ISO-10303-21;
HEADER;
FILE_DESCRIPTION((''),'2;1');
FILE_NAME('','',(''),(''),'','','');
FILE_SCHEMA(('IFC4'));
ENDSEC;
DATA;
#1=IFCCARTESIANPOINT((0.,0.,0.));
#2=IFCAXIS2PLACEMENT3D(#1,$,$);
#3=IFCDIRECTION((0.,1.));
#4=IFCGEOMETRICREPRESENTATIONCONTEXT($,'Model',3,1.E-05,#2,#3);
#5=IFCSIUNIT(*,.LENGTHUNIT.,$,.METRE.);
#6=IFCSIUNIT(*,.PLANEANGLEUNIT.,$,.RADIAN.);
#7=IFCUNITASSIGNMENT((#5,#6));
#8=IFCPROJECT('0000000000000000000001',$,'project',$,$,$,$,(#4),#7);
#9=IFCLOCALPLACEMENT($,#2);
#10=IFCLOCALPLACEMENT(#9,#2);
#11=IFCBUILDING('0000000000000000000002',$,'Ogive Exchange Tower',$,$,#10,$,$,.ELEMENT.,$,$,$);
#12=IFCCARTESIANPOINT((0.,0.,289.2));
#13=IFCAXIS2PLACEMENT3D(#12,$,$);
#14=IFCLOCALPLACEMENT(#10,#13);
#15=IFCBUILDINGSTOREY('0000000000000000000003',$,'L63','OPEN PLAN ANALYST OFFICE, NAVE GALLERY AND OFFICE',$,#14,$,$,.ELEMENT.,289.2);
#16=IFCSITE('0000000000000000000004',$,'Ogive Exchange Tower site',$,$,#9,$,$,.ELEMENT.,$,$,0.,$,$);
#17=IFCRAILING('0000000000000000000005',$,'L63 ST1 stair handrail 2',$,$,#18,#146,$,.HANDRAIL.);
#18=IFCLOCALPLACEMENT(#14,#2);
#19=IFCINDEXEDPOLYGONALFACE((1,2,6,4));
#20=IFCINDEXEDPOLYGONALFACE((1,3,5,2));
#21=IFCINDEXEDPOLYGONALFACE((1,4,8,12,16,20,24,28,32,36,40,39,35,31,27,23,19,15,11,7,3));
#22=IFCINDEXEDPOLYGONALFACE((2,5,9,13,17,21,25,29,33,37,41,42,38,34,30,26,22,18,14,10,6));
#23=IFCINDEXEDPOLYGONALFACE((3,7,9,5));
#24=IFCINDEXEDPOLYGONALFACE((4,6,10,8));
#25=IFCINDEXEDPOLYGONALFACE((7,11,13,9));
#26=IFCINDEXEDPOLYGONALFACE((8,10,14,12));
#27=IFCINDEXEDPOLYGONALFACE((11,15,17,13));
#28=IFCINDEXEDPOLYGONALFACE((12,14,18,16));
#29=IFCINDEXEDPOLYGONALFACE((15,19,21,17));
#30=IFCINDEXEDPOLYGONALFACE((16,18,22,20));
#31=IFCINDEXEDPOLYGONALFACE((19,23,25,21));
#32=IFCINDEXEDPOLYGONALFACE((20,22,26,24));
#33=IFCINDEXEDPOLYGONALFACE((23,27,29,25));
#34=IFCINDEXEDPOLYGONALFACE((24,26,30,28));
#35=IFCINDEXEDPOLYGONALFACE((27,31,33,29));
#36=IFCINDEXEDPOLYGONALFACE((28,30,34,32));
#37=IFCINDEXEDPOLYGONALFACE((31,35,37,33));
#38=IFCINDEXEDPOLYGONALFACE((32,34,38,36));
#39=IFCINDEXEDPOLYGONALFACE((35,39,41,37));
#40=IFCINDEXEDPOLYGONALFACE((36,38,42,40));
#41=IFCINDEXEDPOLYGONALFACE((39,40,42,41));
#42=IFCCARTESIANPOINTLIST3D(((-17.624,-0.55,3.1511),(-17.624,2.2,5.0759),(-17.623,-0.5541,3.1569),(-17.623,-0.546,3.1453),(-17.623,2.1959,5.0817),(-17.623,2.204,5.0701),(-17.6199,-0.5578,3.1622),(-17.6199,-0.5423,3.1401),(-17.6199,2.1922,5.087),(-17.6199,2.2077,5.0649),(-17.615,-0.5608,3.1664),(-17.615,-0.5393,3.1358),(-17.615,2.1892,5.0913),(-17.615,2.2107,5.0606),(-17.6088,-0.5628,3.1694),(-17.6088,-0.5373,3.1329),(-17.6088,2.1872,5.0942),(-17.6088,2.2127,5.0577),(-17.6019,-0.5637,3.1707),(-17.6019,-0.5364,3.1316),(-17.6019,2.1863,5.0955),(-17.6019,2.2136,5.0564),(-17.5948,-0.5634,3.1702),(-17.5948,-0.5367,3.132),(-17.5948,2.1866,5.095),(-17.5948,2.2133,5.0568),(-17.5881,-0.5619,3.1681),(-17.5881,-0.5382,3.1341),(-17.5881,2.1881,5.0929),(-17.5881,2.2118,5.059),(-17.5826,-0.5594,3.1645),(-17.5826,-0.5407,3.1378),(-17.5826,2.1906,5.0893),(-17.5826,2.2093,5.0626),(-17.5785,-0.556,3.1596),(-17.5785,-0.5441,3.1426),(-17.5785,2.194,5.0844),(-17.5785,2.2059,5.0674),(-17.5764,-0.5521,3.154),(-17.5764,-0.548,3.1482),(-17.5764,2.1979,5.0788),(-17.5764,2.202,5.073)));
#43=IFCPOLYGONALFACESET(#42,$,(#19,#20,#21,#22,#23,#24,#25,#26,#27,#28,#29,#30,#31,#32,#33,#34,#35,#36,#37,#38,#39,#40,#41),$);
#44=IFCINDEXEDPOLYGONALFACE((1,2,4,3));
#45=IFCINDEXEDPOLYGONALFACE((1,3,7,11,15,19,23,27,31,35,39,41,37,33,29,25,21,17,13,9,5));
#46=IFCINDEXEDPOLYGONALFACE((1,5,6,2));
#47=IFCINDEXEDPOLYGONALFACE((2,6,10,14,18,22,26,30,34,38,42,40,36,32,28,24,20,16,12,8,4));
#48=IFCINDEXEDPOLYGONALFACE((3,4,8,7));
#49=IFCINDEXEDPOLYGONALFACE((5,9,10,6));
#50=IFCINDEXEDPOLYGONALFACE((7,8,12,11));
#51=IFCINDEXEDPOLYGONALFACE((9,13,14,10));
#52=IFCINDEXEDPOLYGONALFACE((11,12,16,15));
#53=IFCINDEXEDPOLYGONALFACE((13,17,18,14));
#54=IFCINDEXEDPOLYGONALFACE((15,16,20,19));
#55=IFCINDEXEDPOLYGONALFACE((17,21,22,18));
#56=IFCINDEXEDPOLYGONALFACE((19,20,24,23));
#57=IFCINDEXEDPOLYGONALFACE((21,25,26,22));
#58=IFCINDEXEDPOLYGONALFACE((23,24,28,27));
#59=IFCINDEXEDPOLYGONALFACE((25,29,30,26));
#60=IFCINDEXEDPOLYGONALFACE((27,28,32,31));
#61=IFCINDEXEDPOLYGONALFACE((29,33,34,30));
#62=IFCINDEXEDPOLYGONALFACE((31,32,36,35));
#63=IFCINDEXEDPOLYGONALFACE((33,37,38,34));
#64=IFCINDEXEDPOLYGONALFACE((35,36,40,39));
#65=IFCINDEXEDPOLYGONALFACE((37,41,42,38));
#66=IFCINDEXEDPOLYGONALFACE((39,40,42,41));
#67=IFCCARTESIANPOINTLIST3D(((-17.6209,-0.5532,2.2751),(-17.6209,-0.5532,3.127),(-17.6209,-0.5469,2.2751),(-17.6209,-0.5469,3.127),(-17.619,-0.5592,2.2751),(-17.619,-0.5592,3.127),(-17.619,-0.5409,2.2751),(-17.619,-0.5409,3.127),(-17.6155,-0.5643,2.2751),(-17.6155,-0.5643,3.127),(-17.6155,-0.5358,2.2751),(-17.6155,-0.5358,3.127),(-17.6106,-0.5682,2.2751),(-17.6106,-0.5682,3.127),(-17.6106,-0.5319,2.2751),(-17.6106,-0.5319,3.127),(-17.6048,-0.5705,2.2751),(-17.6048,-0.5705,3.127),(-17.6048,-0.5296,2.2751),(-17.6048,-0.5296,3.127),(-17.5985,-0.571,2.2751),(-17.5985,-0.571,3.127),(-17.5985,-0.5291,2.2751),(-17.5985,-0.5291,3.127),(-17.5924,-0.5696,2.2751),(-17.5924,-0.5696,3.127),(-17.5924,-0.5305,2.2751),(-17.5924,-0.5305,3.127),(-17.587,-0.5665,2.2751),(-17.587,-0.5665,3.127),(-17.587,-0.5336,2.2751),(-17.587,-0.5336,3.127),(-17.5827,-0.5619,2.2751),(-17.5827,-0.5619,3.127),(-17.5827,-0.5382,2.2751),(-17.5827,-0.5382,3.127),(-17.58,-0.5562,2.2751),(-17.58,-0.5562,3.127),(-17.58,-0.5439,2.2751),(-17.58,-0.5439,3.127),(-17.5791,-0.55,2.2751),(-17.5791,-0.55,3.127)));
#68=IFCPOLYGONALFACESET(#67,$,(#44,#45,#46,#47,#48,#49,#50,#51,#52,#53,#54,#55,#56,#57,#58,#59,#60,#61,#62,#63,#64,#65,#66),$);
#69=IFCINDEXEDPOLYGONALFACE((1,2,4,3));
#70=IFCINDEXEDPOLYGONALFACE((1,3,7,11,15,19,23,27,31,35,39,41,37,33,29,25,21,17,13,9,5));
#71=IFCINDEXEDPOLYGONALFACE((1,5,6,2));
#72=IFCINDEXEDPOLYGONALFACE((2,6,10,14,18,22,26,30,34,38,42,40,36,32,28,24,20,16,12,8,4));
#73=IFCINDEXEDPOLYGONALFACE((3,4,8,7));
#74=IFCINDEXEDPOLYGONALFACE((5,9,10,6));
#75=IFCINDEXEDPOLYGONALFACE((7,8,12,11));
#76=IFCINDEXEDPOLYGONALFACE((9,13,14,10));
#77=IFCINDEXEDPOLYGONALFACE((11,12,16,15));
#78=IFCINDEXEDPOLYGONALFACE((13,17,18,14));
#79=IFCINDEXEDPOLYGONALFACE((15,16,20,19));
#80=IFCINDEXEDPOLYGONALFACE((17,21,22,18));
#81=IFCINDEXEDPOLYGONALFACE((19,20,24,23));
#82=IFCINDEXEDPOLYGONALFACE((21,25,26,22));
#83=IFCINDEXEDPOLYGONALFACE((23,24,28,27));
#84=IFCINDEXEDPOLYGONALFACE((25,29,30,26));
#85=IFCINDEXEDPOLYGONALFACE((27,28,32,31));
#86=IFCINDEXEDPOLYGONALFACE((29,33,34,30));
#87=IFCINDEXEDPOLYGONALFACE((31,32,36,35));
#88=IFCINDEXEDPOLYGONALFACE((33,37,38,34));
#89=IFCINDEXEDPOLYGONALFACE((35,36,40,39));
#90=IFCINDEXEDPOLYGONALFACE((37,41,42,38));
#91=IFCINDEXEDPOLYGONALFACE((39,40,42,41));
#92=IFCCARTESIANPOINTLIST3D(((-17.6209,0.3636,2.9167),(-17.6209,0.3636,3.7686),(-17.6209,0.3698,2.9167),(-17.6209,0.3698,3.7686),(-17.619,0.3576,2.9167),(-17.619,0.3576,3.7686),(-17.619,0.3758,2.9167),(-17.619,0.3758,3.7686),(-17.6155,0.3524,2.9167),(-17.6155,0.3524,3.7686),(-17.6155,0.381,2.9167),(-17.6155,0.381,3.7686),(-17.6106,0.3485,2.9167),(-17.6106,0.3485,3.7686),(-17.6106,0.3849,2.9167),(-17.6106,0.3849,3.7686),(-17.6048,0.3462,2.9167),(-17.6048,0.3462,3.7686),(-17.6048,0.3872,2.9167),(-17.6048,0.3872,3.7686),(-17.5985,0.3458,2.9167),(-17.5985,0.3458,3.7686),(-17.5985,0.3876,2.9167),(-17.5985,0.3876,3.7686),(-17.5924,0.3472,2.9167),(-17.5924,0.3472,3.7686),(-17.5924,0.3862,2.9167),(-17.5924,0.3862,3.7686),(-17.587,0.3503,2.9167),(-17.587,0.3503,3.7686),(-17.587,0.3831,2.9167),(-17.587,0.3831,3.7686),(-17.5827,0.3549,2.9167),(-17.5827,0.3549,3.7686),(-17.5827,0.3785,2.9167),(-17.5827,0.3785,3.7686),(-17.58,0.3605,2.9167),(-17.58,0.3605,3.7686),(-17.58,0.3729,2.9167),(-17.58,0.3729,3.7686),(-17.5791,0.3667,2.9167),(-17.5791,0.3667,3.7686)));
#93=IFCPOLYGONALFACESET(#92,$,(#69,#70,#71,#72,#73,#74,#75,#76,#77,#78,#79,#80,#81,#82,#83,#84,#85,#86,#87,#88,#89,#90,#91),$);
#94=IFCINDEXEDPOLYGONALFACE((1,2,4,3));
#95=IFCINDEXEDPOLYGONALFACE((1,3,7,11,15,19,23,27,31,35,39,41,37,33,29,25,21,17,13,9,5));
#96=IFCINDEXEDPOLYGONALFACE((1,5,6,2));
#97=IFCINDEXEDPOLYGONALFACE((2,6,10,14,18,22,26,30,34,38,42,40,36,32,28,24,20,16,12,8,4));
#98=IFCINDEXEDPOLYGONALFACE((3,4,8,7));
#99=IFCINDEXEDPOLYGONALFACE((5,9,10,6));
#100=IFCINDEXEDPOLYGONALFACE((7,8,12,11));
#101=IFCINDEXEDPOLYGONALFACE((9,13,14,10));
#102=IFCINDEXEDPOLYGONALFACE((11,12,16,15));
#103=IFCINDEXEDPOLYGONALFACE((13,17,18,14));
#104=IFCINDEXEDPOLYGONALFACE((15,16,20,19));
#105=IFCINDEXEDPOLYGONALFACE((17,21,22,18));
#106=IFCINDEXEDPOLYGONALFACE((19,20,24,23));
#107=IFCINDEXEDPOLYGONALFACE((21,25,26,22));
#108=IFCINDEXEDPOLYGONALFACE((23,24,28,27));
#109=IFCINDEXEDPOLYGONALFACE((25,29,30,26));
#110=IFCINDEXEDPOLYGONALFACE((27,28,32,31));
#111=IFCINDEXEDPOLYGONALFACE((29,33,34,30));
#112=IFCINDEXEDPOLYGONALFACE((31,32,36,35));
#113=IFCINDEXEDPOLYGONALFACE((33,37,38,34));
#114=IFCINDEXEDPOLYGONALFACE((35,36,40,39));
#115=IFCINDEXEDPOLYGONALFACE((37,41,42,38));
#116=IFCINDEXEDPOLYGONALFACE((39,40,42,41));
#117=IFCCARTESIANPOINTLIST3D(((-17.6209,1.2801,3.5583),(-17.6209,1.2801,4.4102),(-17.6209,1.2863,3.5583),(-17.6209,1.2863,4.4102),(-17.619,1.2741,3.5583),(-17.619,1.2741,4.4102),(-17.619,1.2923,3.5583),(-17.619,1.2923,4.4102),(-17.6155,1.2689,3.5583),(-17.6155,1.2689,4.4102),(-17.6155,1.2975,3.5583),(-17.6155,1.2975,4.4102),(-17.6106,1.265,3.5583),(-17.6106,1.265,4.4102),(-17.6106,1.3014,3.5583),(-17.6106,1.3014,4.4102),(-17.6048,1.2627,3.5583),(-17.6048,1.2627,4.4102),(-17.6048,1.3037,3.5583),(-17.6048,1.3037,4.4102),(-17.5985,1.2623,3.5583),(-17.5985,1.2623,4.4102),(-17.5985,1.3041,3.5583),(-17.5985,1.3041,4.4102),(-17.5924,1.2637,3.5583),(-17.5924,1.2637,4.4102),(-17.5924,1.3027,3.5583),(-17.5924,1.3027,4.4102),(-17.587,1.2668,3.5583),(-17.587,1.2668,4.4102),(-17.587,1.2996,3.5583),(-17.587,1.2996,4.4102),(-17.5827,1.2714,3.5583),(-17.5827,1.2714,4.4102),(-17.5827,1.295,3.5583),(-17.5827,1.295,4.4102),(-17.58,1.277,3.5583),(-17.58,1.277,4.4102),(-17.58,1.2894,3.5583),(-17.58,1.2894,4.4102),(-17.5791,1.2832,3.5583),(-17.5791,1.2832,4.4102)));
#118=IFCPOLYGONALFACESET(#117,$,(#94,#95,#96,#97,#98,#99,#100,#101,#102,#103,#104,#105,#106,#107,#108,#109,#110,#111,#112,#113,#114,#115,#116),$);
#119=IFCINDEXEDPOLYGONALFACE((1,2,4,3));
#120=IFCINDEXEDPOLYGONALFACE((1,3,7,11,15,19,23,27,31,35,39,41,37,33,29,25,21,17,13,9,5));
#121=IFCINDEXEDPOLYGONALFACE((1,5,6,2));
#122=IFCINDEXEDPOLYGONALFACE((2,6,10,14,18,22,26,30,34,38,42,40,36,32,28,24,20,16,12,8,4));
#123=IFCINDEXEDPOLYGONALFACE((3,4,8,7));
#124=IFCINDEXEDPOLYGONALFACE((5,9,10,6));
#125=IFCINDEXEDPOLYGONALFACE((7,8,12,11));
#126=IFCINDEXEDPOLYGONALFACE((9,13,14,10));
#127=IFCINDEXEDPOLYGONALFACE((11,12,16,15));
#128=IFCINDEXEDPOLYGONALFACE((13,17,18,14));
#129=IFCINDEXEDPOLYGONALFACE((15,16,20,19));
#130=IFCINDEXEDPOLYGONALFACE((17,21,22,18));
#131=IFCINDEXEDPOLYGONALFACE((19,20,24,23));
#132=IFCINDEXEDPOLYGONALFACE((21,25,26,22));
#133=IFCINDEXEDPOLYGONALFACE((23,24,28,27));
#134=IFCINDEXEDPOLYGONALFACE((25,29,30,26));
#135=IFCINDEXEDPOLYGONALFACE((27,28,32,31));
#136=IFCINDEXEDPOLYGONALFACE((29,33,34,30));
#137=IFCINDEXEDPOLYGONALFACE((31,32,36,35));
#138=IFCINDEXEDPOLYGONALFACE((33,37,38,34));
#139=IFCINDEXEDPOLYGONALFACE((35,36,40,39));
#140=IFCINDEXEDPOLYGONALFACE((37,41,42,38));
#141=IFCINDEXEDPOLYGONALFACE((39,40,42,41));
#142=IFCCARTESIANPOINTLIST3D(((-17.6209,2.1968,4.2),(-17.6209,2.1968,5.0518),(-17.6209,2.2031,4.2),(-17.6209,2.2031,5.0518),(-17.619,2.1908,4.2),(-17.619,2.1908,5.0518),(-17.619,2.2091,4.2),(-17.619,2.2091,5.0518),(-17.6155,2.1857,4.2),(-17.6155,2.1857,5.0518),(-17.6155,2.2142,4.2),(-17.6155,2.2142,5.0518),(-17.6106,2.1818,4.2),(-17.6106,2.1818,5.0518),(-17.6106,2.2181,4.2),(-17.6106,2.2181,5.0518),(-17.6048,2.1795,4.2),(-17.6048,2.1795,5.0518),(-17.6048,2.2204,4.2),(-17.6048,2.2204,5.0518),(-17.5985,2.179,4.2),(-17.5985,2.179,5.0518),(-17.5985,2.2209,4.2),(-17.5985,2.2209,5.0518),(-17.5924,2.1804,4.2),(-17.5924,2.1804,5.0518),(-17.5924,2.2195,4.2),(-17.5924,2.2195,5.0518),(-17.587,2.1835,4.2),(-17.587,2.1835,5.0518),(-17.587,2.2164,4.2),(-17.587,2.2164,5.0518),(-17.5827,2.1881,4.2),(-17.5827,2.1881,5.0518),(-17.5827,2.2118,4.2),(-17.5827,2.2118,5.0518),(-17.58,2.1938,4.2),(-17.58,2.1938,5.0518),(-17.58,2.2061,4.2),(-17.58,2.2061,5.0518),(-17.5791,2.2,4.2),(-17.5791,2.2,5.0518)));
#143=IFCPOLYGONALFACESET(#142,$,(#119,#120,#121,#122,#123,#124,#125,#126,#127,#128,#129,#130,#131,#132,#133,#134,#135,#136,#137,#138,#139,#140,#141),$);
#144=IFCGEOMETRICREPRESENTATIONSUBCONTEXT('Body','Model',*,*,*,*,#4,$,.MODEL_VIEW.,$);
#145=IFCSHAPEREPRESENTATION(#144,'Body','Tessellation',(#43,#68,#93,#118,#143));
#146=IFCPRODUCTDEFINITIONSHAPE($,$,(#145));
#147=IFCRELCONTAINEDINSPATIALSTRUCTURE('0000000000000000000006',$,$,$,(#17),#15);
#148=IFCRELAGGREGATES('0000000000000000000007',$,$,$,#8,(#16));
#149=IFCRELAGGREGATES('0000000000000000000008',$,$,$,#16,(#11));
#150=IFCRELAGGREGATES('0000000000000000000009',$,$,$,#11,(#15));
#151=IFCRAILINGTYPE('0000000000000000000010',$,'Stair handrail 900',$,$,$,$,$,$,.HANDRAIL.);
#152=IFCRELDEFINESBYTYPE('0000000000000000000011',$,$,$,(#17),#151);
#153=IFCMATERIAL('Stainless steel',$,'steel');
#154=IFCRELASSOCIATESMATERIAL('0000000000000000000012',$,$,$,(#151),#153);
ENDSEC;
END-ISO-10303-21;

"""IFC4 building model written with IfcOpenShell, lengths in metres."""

from ifc_helpers import new_model, si_unit, direction, frame, origin, origin_2d, place, context, subcontext, project, spatial, circle, extrude, material, type_object, element, save


model = new_model("IFC4")

# Units and contexts
model_context = context("Model", 3, precision=1e-05, world=origin(), true_north=direction((0.0, 1.0)))
body_context = subcontext(model_context, "Body", "Model", "MODEL_VIEW")
ifc_project = project(units=[si_unit("LENGTHUNIT", "METRE"), si_unit("PLANEANGLEUNIT", "RADIAN")], contexts=[model_context])

# Site, building, storey
site_placement = place(None, origin())
site = spatial("IfcSite", under=ifc_project, at=site_placement, Name="Ogive Exchange Tower site", CompositionType="ELEMENT", RefElevation=0.0)
building_placement = place(site_placement, origin())
building = spatial("IfcBuilding", under=site, at=building_placement, Name="Ogive Exchange Tower", CompositionType="ELEMENT")
storey_placement = place(building_placement, frame((0.0, 0.0, 289.2)))
storey = spatial("IfcBuildingStorey", under=building, at=storey_placement, Name="L63", Description="OPEN PLAN ANALYST OFFICE, NAVE GALLERY AND OFFICE", CompositionType="ELEMENT", Elevation=289.2)

# Shared definitions
ifc_material_1 = material(Name="Stainless steel", Category="steel")

# Railing
railing_type = type_object("IfcRailingType", Name="Stair handrail 900", PredefinedType="HANDRAIL", material=ifc_material_1)
railing_placement = place(storey_placement, frame((-17.6001, -0.55, 2.2751)))
element("IfcRailing", 1, at=railing_placement, inside=storey, type_object=railing_type, Name="L63 ST1 stair handrail 2", PredefinedType="HANDRAIL", context=body_context, shape_type="SweptSolid", body=[
    extrude(circle(Radius=0.0239, at=origin_2d()), frame((0.0, 0.0, 0.876), z_axis=(0.0, 0.819259, 0.573423), x_axis=(-1.0, 0.0, 0.0)), (0.0, 0.0, 1.0), 3.3567),
    extrude(circle(Radius=0.021, at=origin_2d()), origin(), (0.0, 0.0, 1.0), 0.8518),
    extrude(circle(Radius=0.021, at=origin_2d()), frame((0.0, 0.9167, 0.6416)), (0.0, 0.0, 1.0), 0.8518),
    extrude(circle(Radius=0.021, at=origin_2d()), frame((0.0, 1.8333, 1.2832)), (0.0, 0.0, 1.0), 0.8518),
    extrude(circle(Radius=0.021, at=origin_2d()), frame((0.0, 2.75, 1.9248)), (0.0, 0.0, 1.0), 0.8518),
])

save(model, "model.ifc")
